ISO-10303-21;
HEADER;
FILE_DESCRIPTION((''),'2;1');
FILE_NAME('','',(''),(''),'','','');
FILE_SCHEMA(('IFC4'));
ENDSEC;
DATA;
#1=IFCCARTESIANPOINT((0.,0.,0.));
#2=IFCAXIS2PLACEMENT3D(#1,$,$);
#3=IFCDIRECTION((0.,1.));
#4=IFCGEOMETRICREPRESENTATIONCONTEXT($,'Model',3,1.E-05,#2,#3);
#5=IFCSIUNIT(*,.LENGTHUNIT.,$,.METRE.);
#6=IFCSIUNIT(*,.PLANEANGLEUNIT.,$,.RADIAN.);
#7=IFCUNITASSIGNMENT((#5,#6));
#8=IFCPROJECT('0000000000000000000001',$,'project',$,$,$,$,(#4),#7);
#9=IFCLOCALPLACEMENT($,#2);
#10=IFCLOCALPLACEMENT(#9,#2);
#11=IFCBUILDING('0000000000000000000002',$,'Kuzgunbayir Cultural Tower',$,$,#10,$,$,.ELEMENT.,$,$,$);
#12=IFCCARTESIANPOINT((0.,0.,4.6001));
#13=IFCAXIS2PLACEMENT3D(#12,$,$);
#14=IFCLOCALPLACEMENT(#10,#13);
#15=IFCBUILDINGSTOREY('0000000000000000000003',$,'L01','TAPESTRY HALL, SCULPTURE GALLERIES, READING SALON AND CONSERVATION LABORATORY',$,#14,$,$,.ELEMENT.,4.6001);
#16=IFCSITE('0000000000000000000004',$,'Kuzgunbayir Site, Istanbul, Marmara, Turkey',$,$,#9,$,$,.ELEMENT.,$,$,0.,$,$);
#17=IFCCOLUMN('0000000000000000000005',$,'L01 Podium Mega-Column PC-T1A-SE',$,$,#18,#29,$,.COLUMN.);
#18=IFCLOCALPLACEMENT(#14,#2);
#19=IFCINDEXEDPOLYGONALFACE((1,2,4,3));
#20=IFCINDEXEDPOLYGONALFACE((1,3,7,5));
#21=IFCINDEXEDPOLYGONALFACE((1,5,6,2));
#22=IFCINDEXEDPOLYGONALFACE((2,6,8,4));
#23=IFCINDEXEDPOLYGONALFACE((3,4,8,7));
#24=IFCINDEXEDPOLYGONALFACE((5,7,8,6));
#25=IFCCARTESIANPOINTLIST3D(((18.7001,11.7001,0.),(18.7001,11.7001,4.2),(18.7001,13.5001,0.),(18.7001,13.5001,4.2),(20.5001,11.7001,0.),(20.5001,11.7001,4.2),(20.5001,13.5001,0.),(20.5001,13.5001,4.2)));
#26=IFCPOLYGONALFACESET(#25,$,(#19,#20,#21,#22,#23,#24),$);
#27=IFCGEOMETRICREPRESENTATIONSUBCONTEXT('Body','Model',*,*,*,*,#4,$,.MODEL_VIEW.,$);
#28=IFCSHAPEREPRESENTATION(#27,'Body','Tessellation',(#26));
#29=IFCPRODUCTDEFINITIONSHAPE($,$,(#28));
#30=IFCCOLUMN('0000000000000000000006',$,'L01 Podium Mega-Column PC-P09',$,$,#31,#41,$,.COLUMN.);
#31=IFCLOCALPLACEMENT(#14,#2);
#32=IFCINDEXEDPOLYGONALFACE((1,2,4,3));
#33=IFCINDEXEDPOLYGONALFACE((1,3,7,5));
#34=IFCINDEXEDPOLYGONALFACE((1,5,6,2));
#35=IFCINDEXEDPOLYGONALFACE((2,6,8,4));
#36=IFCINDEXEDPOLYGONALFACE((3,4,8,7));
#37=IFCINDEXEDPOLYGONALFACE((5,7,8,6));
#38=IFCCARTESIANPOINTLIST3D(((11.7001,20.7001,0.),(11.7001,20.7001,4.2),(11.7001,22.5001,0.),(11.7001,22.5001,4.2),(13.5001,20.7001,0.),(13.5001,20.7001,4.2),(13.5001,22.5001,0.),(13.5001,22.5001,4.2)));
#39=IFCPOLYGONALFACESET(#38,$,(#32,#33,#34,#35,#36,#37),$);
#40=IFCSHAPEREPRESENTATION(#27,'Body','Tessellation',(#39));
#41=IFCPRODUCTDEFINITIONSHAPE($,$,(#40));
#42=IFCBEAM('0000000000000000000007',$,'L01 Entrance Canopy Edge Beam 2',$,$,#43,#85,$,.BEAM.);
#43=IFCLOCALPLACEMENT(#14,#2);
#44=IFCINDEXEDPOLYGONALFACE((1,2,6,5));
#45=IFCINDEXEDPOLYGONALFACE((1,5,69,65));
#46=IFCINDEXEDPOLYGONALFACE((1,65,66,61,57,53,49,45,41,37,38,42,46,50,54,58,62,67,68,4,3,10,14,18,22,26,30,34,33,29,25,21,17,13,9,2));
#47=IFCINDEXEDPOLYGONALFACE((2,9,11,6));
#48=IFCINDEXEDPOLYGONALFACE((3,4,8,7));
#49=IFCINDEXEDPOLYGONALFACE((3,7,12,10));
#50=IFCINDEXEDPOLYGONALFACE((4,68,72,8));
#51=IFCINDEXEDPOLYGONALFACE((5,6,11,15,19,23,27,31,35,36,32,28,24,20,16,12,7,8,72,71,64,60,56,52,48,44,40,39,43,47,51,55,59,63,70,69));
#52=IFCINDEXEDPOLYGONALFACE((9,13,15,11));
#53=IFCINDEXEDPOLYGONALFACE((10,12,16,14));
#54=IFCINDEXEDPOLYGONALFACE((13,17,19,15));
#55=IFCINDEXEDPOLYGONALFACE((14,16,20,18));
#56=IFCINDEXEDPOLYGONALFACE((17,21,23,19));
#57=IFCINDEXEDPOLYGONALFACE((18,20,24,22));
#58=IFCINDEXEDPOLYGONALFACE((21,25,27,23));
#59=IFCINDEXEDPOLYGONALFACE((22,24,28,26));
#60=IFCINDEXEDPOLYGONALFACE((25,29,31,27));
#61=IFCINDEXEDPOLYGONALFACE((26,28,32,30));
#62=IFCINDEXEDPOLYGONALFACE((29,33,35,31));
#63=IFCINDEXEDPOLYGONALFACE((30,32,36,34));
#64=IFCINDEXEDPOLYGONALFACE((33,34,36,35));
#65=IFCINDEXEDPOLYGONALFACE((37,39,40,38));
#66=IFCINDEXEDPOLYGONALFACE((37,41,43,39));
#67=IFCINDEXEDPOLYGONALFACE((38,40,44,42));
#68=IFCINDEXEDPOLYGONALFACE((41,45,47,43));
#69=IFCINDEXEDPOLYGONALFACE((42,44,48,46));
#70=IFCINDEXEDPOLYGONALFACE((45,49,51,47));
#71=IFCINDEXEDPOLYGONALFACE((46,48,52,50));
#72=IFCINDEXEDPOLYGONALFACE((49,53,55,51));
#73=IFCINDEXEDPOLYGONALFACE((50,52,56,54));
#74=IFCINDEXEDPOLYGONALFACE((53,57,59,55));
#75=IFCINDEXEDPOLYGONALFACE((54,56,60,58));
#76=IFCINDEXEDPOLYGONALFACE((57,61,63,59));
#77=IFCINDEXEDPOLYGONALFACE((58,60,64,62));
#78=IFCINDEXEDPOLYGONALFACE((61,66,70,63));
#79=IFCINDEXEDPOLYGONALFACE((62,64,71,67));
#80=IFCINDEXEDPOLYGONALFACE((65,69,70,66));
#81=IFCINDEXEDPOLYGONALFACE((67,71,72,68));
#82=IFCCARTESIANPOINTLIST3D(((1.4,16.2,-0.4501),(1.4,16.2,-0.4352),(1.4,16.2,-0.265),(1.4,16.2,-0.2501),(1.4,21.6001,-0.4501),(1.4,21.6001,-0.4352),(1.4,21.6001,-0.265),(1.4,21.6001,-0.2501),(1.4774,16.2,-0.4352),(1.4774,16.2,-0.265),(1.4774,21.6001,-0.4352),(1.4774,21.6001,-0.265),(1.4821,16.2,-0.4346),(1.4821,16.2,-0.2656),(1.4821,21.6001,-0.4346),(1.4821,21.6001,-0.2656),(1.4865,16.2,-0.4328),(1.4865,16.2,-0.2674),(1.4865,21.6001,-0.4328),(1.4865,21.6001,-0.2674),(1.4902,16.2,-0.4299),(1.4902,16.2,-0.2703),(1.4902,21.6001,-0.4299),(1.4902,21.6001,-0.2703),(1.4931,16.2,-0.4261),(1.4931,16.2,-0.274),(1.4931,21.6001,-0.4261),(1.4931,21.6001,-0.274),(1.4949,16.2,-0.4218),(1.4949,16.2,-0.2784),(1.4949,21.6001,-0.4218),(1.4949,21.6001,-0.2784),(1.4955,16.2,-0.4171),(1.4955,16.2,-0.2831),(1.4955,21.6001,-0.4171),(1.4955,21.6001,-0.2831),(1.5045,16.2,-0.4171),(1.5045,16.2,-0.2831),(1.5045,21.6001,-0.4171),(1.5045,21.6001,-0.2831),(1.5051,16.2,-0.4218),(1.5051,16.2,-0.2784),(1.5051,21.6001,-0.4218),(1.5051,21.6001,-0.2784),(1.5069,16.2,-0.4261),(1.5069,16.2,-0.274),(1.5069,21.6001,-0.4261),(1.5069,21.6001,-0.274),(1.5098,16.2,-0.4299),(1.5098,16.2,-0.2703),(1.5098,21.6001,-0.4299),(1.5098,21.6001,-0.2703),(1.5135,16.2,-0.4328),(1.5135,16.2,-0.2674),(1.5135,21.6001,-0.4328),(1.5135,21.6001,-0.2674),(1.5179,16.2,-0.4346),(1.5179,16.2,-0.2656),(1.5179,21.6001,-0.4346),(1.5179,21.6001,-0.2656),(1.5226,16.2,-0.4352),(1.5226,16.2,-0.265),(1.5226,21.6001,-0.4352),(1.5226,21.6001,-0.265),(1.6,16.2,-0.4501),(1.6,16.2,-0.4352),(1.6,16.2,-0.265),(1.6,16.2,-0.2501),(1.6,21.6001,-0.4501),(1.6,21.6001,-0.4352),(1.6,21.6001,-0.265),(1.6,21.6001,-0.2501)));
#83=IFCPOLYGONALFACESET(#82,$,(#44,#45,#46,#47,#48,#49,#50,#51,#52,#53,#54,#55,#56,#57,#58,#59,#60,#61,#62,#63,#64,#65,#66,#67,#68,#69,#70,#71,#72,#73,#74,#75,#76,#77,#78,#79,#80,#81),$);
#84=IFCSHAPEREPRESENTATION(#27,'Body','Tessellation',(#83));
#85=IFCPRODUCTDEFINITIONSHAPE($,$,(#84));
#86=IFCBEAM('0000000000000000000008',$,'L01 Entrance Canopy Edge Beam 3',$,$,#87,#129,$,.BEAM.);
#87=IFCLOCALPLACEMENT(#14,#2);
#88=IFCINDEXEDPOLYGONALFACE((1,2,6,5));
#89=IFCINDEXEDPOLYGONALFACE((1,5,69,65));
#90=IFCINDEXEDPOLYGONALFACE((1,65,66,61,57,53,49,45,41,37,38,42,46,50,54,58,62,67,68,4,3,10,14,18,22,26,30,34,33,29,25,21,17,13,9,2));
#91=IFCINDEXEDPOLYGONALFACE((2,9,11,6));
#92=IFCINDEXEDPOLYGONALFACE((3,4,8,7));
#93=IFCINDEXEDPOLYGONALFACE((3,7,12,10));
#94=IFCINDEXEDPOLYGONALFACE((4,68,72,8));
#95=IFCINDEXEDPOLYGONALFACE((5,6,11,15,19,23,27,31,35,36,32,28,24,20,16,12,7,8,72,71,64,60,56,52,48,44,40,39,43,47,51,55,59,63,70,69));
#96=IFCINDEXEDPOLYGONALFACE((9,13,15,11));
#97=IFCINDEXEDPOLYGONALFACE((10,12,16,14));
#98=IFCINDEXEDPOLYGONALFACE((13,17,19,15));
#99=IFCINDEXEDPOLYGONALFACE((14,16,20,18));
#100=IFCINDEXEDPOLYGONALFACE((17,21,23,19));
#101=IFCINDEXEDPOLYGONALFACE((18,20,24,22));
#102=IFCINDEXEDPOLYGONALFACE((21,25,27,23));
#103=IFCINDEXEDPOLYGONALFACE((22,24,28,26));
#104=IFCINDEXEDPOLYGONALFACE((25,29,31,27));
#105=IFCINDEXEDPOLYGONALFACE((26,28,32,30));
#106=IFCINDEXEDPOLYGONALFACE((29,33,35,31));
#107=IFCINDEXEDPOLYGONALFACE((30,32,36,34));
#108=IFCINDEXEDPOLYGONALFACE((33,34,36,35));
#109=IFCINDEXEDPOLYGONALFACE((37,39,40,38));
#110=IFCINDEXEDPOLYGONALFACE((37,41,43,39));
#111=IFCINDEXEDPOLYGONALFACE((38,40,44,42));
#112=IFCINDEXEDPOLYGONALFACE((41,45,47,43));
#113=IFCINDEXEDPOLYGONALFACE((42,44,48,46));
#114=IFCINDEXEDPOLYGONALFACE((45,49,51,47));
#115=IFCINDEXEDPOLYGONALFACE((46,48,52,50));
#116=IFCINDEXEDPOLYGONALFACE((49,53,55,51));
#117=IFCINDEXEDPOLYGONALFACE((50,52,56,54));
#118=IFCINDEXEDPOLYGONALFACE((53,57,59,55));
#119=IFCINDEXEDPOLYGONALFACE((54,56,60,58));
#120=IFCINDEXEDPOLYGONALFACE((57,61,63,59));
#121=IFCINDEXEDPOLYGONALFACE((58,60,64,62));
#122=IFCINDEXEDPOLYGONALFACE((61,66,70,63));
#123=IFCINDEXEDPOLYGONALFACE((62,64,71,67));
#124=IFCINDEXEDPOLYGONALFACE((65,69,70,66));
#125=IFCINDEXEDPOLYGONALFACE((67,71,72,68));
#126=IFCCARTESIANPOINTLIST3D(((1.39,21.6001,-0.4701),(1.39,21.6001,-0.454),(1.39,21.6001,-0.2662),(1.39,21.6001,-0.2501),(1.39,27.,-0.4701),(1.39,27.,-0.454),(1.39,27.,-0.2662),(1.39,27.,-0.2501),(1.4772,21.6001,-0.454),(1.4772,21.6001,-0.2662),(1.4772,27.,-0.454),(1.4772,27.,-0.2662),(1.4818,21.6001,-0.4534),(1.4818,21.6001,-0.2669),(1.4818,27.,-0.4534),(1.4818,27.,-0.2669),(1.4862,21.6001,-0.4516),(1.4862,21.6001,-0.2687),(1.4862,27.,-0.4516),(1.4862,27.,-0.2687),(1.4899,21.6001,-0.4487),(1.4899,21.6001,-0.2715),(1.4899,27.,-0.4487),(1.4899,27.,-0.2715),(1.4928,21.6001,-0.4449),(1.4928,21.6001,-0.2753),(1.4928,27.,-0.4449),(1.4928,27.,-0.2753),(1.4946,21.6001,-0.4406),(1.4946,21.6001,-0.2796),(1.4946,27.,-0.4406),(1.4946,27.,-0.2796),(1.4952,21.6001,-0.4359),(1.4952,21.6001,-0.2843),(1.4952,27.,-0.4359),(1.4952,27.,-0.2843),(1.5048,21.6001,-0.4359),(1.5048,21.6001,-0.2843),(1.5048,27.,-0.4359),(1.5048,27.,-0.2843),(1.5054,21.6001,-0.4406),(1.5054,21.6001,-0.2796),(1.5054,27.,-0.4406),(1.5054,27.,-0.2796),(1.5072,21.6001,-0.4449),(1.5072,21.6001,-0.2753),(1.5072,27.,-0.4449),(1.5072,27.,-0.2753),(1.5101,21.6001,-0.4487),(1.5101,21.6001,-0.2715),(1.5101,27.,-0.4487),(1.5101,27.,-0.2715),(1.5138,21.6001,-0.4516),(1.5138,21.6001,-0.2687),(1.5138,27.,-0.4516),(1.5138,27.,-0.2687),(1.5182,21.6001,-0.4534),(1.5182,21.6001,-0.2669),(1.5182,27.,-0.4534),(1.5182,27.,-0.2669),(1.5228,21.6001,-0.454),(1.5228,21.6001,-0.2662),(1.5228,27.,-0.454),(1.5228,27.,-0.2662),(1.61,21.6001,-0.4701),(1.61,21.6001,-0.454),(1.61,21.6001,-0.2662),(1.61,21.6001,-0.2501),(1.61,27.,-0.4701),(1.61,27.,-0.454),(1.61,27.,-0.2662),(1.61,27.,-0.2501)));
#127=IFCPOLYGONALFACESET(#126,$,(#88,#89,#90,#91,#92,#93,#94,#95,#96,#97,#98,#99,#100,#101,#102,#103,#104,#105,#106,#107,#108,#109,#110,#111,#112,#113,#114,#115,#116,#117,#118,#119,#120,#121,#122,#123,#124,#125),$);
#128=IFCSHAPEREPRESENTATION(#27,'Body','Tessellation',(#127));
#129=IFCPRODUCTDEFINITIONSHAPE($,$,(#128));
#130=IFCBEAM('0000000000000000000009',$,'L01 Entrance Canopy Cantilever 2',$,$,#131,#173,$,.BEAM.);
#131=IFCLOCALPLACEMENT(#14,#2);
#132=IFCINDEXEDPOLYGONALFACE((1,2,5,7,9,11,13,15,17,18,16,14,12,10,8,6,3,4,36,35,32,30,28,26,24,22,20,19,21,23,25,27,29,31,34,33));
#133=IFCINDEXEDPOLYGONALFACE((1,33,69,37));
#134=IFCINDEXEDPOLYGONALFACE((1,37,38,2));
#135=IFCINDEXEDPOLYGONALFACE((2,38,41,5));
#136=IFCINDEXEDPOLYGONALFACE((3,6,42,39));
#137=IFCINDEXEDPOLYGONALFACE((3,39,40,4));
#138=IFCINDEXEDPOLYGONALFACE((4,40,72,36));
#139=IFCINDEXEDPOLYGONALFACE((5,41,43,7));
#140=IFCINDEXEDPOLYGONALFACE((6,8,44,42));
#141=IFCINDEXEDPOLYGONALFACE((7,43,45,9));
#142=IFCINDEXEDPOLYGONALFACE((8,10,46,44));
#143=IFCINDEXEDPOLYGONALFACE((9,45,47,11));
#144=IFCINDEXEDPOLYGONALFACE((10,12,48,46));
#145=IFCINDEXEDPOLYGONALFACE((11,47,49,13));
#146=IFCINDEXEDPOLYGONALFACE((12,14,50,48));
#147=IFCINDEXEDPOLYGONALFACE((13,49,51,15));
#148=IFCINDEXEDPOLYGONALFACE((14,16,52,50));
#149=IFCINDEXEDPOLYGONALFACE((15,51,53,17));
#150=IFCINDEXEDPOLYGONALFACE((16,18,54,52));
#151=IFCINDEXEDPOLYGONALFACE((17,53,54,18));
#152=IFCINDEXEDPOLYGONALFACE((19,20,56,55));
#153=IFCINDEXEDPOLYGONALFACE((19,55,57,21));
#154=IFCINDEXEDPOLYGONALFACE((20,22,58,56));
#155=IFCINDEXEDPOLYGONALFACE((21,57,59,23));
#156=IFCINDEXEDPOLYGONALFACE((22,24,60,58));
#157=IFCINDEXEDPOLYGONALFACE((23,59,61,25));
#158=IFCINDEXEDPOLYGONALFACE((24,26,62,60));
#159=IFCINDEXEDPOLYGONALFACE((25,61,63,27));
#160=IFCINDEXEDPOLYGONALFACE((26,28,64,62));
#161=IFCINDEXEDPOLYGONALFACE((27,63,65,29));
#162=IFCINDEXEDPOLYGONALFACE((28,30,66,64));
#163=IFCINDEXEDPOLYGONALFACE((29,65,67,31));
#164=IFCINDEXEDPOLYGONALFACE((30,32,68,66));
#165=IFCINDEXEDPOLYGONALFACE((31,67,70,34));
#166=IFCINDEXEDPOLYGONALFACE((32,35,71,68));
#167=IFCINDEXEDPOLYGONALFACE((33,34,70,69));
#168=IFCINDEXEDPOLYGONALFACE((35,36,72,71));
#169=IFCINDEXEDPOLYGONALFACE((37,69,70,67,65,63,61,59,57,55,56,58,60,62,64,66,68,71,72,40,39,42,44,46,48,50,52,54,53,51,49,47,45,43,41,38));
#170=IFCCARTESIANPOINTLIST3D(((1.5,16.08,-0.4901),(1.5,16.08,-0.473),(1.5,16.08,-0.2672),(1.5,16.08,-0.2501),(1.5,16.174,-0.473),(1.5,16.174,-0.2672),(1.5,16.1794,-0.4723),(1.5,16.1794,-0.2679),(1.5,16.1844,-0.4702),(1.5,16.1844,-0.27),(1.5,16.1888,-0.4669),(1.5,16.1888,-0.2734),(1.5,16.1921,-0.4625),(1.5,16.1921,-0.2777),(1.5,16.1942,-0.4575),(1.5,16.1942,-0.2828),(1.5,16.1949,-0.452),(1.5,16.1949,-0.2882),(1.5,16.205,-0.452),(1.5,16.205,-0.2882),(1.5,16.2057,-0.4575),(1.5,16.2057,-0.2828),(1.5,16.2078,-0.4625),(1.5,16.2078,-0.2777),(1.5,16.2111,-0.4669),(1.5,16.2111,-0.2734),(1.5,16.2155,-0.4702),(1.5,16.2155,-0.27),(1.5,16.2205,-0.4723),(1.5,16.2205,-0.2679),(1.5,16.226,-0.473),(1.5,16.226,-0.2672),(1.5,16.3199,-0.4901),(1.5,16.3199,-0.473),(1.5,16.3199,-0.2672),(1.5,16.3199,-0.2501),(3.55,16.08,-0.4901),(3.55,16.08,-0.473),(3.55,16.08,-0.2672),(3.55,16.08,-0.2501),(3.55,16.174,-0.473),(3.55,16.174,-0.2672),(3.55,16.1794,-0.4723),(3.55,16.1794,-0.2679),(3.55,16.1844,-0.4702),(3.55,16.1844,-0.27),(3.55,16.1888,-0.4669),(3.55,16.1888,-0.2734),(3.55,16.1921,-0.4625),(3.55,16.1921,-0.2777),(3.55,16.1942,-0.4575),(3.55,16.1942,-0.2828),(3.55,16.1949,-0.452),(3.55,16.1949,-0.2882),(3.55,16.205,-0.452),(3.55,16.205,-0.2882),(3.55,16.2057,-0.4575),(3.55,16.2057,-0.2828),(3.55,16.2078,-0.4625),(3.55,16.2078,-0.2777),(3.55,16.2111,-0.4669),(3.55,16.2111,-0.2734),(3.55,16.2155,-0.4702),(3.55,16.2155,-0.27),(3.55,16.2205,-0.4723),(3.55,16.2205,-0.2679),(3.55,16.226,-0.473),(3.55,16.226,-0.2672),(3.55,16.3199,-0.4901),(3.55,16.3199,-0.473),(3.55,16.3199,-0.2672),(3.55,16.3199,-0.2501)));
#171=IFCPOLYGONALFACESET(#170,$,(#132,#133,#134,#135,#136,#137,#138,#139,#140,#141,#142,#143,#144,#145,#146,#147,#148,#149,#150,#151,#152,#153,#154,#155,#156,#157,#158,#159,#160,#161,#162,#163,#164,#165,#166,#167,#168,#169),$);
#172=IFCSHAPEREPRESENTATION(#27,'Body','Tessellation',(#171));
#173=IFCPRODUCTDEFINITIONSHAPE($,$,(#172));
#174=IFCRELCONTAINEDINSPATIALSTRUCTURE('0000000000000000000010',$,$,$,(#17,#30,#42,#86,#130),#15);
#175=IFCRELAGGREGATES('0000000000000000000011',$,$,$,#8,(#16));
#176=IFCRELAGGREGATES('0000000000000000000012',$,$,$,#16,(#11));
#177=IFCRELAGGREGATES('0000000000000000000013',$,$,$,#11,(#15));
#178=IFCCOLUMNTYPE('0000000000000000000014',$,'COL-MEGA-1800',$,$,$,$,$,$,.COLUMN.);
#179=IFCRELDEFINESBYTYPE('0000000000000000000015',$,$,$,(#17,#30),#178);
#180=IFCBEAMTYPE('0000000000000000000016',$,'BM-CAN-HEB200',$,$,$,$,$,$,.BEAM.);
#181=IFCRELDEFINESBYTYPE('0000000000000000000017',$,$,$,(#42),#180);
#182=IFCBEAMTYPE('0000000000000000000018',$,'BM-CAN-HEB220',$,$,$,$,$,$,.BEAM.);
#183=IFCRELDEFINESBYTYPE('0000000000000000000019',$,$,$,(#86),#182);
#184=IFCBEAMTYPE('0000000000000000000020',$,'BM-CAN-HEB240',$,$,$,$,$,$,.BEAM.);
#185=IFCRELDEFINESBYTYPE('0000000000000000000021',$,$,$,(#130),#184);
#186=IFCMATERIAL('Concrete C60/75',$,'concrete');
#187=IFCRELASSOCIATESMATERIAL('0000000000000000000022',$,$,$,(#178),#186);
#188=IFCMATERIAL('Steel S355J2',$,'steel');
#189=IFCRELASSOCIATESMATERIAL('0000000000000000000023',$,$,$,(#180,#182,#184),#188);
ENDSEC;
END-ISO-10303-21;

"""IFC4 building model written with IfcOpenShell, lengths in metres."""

from ifc_helpers import new_model, si_unit, direction, frame, origin, origin_2d, place, context, subcontext, project, spatial, rectangle, i_section, extrude, material, material_profile, profile_set, type_object, element, save


model = new_model("IFC4")

# Units and contexts
model_context = context("Model", 3, precision=1e-05, world=origin(), true_north=direction((0.0, 1.0)))
body_context = subcontext(model_context, "Body", "Model", "MODEL_VIEW")
ifc_project = project(units=[si_unit("LENGTHUNIT", "METRE"), si_unit("PLANEANGLEUNIT", "RADIAN")], contexts=[model_context])

# Site, building, storey
site_placement = place(None, origin())
site = spatial("IfcSite", under=ifc_project, at=site_placement, Name="Kuzgunbayir Site, Istanbul, Marmara, Turkey", CompositionType="ELEMENT", RefElevation=0.0)
building_placement = place(site_placement, origin())
building = spatial("IfcBuilding", under=site, at=building_placement, Name="Kuzgunbayir Cultural Tower", CompositionType="ELEMENT")
storey_placement = place(building_placement, frame((0.0, 0.0, 4.6001)))
storey = spatial("IfcBuildingStorey", under=building, at=storey_placement, Name="L01", Description="TAPESTRY HALL, SCULPTURE GALLERIES, READING SALON AND CONSERVATION LABORATORY", CompositionType="ELEMENT", Elevation=4.6001)

# Columns
ifc_material_1 = material(Name="Concrete C60/75", Category="concrete")
ifc_material_profile_1 = material_profile(ifc_material_1, rectangle(XDim=1.8, YDim=1.8, at=origin_2d()), Name="RC 1800x1800")
ifc_profile_set_1 = profile_set([ifc_material_profile_1], Name="Concrete C60/75")
column_type = type_object("IfcColumnType", Name="COL-MEGA-1800", PredefinedType="COLUMN", material=ifc_profile_set_1)
for number, where, z_axis, x_axis, name in (
    (1, (19.6001, 12.6001, 0.0), (0.0, 0.0, 1.0), (1.0, 0.0, 0.0), "L01 Podium Mega-Column PC-T1A-SE"),
    (2, (12.6001, 21.6001, 0.0), (0.0, 0.0, 1.0), (1.0, 0.0, 0.0), "L01 Podium Mega-Column PC-P09"),
):
    element("IfcColumn", number, at=place(storey_placement, frame(where, z_axis=z_axis, x_axis=x_axis)), inside=storey, type_object=column_type, Name=name, PredefinedType="COLUMN", context=body_context, shape_type="SweptSolid", body=[
        extrude(rectangle(XDim=1.8, YDim=1.8, at=origin_2d()), origin(), (0.0, 0.0, 1.0), 4.2),
    ])

# Beams
ifc_material_2 = material(Name="Steel S355J2", Category="steel")
ifc_material_profile_2 = material_profile(ifc_material_2, i_section(OverallWidth=0.2, OverallDepth=0.2, WebThickness=0.009, FlangeThickness=0.0149, FilletRadius=0.0181, at=origin_2d()), Name="HEB 200")
ifc_profile_set_2 = profile_set([ifc_material_profile_2], Name="Steel S355J2")
beam_type_1 = type_object("IfcBeamType", Name="BM-CAN-HEB200", PredefinedType="BEAM", material=ifc_profile_set_2)
beam_1_placement = place(storey_placement, frame((1.5, 16.2, -0.3501), z_axis=(0.0, 1.0, 0.0), x_axis=(-1.0, 0.0, 0.0)))
element("IfcBeam", 3, at=beam_1_placement, inside=storey, type_object=beam_type_1, Name="L01 Entrance Canopy Edge Beam 2", PredefinedType="BEAM", context=body_context, shape_type="SweptSolid", body=[
    extrude(i_section(OverallWidth=0.2, OverallDepth=0.2, WebThickness=0.009, FlangeThickness=0.0149, FilletRadius=0.0181, at=origin_2d()), origin(), (0.0, 0.0, 1.0), 5.4001),
])
ifc_material_profile_3 = material_profile(ifc_material_2, i_section(OverallWidth=0.22, OverallDepth=0.22, WebThickness=0.0095, FlangeThickness=0.0161, FilletRadius=0.0181, at=origin_2d()), Name="HEB 220")
ifc_profile_set_3 = profile_set([ifc_material_profile_3], Name="Steel S355J2")
beam_type_2 = type_object("IfcBeamType", Name="BM-CAN-HEB220", PredefinedType="BEAM", material=ifc_profile_set_3)
beam_2_placement = place(storey_placement, frame((1.5, 21.6001, -0.3601), z_axis=(0.0, 1.0, 0.0), x_axis=(-1.0, 0.0, 0.0)))
element("IfcBeam", 4, at=beam_2_placement, inside=storey, type_object=beam_type_2, Name="L01 Entrance Canopy Edge Beam 3", PredefinedType="BEAM", context=body_context, shape_type="SweptSolid", body=[
    extrude(i_section(OverallWidth=0.22, OverallDepth=0.22, WebThickness=0.0095, FlangeThickness=0.0161, FilletRadius=0.0181, at=origin_2d()), origin(), (0.0, 0.0, 1.0), 5.3999),
])
ifc_material_profile_4 = material_profile(ifc_material_2, i_section(OverallWidth=0.24, OverallDepth=0.24, WebThickness=0.01, FlangeThickness=0.0171, FilletRadius=0.021, at=origin_2d()), Name="HEB 240")
ifc_profile_set_4 = profile_set([ifc_material_profile_4], Name="Steel S355J2")
beam_type_3 = type_object("IfcBeamType", Name="BM-CAN-HEB240", PredefinedType="BEAM", material=ifc_profile_set_4)
for number, where, z_axis, x_axis, name in (
    (5, (1.5, 16.2, -0.3701), (1.0, 0.0, 0.0), (0.0, 1.0, 0.0), "L01 Entrance Canopy Cantilever 2"),
):
    element("IfcBeam", number, at=place(storey_placement, frame(where, z_axis=z_axis, x_axis=x_axis)), inside=storey, type_object=beam_type_3, Name=name, PredefinedType="BEAM", context=body_context, shape_type="SweptSolid", body=[
        extrude(i_section(OverallWidth=0.24, OverallDepth=0.24, WebThickness=0.01, FlangeThickness=0.0171, FilletRadius=0.021, at=origin_2d()), origin(), (0.0, 0.0, 1.0), 2.05),
    ])

save(model, "model.ifc")
